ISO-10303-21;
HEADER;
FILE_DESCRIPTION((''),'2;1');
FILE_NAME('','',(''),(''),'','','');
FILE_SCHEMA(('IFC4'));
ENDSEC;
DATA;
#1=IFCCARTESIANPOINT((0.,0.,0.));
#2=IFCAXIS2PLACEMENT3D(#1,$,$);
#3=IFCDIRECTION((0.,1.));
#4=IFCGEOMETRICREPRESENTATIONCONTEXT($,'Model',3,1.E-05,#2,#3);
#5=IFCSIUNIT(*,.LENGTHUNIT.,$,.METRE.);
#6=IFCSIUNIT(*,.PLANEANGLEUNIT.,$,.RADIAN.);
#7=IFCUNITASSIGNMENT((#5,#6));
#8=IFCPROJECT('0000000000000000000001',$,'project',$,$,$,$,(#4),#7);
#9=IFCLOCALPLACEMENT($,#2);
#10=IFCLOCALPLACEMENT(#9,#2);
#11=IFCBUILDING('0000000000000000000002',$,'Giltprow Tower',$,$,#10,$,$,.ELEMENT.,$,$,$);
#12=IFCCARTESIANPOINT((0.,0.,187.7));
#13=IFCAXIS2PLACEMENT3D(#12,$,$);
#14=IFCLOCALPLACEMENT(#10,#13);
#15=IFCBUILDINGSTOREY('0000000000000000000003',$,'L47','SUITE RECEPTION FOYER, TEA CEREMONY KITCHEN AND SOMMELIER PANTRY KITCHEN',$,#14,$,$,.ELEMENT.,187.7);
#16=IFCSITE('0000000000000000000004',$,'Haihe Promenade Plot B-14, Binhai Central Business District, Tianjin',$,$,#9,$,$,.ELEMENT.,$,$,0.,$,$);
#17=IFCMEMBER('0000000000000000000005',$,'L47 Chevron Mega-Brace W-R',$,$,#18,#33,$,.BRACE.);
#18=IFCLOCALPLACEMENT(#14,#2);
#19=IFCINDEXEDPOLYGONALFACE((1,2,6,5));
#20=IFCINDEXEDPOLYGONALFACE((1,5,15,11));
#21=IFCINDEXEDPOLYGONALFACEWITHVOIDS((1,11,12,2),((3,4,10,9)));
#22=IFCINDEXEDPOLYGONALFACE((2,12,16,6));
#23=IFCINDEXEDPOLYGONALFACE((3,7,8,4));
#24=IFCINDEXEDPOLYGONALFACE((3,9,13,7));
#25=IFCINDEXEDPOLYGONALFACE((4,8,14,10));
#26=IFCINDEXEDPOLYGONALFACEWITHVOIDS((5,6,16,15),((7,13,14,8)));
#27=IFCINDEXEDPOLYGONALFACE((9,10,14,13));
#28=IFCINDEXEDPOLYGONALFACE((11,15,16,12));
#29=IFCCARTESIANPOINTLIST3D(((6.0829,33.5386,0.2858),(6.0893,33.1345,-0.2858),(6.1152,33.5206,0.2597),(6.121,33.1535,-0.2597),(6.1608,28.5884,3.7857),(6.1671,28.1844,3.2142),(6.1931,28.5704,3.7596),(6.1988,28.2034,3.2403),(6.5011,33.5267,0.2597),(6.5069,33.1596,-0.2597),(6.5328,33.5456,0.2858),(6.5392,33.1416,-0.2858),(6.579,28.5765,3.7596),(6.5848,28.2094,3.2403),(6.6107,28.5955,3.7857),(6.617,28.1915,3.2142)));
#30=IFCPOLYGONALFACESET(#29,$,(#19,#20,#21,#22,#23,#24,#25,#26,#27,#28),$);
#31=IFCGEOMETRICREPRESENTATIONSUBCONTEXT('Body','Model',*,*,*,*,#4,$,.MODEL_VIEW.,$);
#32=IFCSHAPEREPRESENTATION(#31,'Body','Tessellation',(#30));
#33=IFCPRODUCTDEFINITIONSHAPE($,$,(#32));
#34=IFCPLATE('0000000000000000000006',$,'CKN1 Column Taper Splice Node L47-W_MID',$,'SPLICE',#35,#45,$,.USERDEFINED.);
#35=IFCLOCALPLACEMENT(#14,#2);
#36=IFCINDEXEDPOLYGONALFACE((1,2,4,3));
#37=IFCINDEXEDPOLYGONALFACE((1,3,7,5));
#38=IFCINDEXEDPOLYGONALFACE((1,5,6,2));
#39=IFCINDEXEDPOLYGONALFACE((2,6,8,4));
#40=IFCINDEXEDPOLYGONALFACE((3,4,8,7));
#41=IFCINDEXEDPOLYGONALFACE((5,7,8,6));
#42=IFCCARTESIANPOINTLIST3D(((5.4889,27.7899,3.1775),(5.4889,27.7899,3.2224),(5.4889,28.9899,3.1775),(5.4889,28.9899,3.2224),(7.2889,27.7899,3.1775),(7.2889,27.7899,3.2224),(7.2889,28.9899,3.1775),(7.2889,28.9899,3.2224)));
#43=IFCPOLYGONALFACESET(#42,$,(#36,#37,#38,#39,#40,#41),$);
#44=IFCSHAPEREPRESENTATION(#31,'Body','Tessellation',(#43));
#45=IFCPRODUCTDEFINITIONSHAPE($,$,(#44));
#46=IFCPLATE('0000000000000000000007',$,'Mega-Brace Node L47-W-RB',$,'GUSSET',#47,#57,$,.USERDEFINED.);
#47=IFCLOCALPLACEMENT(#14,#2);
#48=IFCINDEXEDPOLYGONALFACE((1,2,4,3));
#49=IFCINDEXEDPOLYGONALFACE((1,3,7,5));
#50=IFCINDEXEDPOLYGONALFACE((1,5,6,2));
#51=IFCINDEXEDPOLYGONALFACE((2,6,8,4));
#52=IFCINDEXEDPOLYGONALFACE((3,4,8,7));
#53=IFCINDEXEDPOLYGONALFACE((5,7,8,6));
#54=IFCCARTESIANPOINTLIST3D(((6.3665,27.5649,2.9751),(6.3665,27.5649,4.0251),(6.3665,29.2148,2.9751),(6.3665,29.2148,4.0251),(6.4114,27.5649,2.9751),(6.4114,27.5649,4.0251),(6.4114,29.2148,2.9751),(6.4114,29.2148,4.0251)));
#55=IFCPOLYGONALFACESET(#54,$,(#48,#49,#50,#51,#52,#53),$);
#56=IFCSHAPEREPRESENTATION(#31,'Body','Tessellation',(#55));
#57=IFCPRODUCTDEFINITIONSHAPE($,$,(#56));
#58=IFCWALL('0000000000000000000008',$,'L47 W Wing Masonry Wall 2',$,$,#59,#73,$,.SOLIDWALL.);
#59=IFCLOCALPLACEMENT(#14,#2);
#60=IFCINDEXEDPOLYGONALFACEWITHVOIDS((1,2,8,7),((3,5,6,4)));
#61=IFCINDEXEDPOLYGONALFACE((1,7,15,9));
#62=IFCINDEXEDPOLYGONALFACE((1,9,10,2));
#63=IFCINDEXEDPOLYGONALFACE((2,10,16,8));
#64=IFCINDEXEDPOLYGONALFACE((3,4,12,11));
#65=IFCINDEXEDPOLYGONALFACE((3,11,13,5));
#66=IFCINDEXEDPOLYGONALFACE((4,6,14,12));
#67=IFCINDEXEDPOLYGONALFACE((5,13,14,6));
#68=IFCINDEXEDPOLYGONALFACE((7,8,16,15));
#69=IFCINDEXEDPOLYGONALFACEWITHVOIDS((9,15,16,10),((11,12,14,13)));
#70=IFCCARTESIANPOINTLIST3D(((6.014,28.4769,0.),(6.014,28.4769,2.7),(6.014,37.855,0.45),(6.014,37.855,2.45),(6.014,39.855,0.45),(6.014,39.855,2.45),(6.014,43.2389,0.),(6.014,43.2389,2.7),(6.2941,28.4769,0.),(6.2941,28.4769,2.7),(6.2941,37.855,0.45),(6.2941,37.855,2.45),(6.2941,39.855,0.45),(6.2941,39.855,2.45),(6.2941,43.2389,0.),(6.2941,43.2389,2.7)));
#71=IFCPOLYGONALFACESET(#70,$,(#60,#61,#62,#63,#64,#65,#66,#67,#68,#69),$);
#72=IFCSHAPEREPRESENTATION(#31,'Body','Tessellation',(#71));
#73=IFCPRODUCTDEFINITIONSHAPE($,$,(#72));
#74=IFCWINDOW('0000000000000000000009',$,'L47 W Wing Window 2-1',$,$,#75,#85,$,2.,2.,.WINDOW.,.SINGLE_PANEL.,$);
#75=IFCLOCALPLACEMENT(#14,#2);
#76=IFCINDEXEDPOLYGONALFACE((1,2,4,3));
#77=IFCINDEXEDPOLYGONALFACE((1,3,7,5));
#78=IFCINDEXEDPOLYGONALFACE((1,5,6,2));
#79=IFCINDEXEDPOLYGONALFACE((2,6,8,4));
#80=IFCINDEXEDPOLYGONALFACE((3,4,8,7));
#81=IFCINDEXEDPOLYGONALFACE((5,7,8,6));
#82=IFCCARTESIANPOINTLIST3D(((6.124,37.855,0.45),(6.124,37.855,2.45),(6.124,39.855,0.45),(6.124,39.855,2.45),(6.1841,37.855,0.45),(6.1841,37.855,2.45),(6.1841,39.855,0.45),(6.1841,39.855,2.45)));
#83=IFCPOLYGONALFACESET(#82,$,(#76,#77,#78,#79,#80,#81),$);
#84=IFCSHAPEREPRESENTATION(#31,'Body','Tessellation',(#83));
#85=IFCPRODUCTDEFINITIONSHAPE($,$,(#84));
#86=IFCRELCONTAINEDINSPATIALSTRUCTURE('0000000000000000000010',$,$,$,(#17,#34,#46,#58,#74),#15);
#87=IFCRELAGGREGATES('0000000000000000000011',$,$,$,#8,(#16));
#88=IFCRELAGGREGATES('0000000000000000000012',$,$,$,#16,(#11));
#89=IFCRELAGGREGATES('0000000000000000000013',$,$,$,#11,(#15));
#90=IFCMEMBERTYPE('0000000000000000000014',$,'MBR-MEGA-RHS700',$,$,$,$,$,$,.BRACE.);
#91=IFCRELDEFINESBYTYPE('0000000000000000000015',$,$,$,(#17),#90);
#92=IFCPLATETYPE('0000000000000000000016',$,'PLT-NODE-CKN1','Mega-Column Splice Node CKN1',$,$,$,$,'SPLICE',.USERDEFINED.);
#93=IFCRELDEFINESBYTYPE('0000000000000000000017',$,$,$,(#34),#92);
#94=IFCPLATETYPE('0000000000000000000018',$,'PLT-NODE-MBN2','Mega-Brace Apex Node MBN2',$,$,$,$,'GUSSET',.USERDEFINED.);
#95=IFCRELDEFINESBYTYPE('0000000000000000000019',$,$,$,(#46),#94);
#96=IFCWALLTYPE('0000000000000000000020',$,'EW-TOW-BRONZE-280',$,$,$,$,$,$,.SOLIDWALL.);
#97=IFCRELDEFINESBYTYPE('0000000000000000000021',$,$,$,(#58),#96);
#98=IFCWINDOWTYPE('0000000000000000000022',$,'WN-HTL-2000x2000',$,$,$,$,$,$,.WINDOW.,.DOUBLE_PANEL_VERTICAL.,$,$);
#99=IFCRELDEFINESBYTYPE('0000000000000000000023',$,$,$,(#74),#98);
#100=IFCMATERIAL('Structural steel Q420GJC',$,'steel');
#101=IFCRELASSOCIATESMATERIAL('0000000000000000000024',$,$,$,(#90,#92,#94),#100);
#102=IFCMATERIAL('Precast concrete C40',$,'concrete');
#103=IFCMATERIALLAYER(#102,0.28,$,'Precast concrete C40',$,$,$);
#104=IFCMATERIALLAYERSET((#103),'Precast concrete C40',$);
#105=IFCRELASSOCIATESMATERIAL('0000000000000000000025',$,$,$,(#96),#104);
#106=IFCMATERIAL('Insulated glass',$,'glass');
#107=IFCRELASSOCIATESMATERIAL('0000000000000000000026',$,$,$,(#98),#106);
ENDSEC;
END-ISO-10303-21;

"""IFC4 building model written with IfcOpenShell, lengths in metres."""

from ifc_helpers import new_model, si_unit, direction, frame, frame_2d, origin, origin_2d, place, context, subcontext, project, spatial, rectangle, hollow_rectangle, extrude, source, transform, mapped, material, layer, layer_set, material_profile, profile_set, type_object, element, fill, save


model = new_model("IFC4")

# Units and contexts
model_context = context("Model", 3, precision=1e-05, world=origin(), true_north=direction((0.0, 1.0)))
body_context = subcontext(model_context, "Body", "Model", "MODEL_VIEW")
ifc_project = project(units=[si_unit("LENGTHUNIT", "METRE"), si_unit("PLANEANGLEUNIT", "RADIAN")], contexts=[model_context])

# Site, building, storey
site_placement = place(None, origin())
site = spatial("IfcSite", under=ifc_project, at=site_placement, Name="Haihe Promenade Plot B-14, Binhai Central Business District, Tianjin", CompositionType="ELEMENT", RefElevation=0.0)
building_placement = place(site_placement, origin())
building = spatial("IfcBuilding", under=site, at=building_placement, Name="Giltprow Tower", CompositionType="ELEMENT")
storey_placement = place(building_placement, frame((0.0, 0.0, 187.7)))
storey = spatial("IfcBuildingStorey", under=building, at=storey_placement, Name="L47", Description="SUITE RECEPTION FOYER, TEA CEREMONY KITCHEN AND SOMMELIER PANTRY KITCHEN", CompositionType="ELEMENT", Elevation=187.7)

# Shared definitions
ifc_material_1 = material(Name="Structural steel Q420GJC", Category="steel")

# Member
ifc_material_profile_1 = material_profile(ifc_material_1, hollow_rectangle(XDim=0.45, YDim=0.7, WallThickness=0.032, at=origin_2d()), Name="RHS 700x450x32")
ifc_profile_set_1 = profile_set([ifc_material_profile_1], Name="Structural steel Q420GJC")
member_type = type_object("IfcMemberType", Name="MBR-MEGA-RHS700", PredefinedType="BRACE", material=ifc_profile_set_1)
shared_shape_1 = source(origin(), body_context, "Body", "SweptSolid", [
    extrude(hollow_rectangle(XDim=0.45, YDim=0.7, WallThickness=0.032, at=origin_2d()), origin(), (0.0, 0.0, 1.0), 6.063),
])
member_placement = place(storey_placement, frame((6.311, 33.3401, 0.0), z_axis=(0.012845, -0.816454, 0.577268), x_axis=(0.999876, 0.015731, 0.0)))
element("IfcMember", 1, at=member_placement, inside=storey, type_object=member_type, Name="L47 Chevron Mega-Brace W-R", PredefinedType="BRACE", context=body_context, shape_type="MappedRepresentation", body=[
    mapped(shared_shape_1, transform((0.0, 0.0, 0.0), x_axis=(1.0, 0.0, 0.0), y_axis=(0.0, 1.0, 0.0), z_axis=(0.0, 0.0, 1.0), scale=1.0)),
])

# Plates
plate_type_1 = type_object("IfcPlateType", Name="PLT-NODE-CKN1", Description="Mega-Column Splice Node CKN1", ElementType="SPLICE", PredefinedType="USERDEFINED", material=ifc_material_1)
shared_shape_2 = source(origin(), body_context, "Body", "SweptSolid", [
    extrude(rectangle(XDim=1.8, YDim=1.2, at=origin_2d()), origin(), (0.0, 0.0, 1.0), 0.0449),
])
plate_1_placement = place(storey_placement, frame((6.3889, 28.3899, 3.1775), z_axis=(0.0, 0.0, 1.0), x_axis=(1.0, 0.0, 0.0)))
element("IfcPlate", 2, at=plate_1_placement, inside=storey, type_object=plate_type_1, Name="CKN1 Column Taper Splice Node L47-W_MID", ObjectType="SPLICE", PredefinedType="USERDEFINED", context=body_context, shape_type="MappedRepresentation", body=[
    mapped(shared_shape_2, transform((0.0, 0.0, 0.0), x_axis=(1.0, 0.0, 0.0), y_axis=(0.0, 1.0, 0.0), z_axis=(0.0, 0.0, 1.0), scale=1.0)),
])
plate_type_2 = type_object("IfcPlateType", Name="PLT-NODE-MBN2", Description="Mega-Brace Apex Node MBN2", ElementType="GUSSET", PredefinedType="USERDEFINED", material=ifc_material_1)
shared_shape_3 = source(origin(), body_context, "Body", "SweptSolid", [
    extrude(rectangle(XDim=1.6499, YDim=0.0449, at=origin_2d()), origin(), (0.0, 0.0, 1.0), 1.05),
])
plate_2_placement = place(storey_placement, frame((6.3889, 28.3899, 2.9751), z_axis=(0.0, 0.0, 1.0), x_axis=(0.0, 1.0, 0.0)))
element("IfcPlate", 3, at=plate_2_placement, inside=storey, type_object=plate_type_2, Name="Mega-Brace Node L47-W-RB", ObjectType="GUSSET", PredefinedType="USERDEFINED", context=body_context, shape_type="MappedRepresentation", body=[
    mapped(shared_shape_3, transform((0.0, 0.0, 0.0), x_axis=(1.0, 0.0, 0.0), y_axis=(0.0, 1.0, 0.0), z_axis=(0.0, 0.0, 1.0), scale=1.0)),
])

# Wall, opening, window
ifc_material_2 = material(Name="Precast concrete C40", Category="concrete")
ifc_layer_1 = layer(ifc_material_2, 0.28, Name="Precast concrete C40")
ifc_layer_set_1 = layer_set([ifc_layer_1], Name="Precast concrete C40")
wall_type_1 = type_object("IfcWallType", Name="EW-TOW-BRONZE-280", PredefinedType="SOLIDWALL", material=ifc_layer_set_1)
wall_1_placement = place(storey_placement, frame((6.1541, 28.4771, 0.0), z_axis=(0.0, 0.0, 1.0), x_axis=(0.0, 1.0, 0.0)))
wall_1 = element("IfcWall", 4, at=wall_1_placement, inside=storey, type_object=wall_type_1, Name="L47 W Wing Masonry Wall 2", PredefinedType="SOLIDWALL", context=body_context, shape_type="SweptSolid", body=[
    extrude(rectangle(XDim=14.762, YDim=0.28, at=frame_2d((7.3809, 0.0))), origin(), (0.0, 0.0, 1.0), 2.7),
])
opening_1_placement = place(wall_1_placement, frame((9.3779, 0.0, 0.45)))
opening_1 = element("IfcOpeningElement", 5, at=opening_1_placement, cuts=wall_1, PredefinedType="OPENING", context=body_context, shape_type="SweptSolid", body=[
    extrude(rectangle(XDim=2.0, YDim=2.0, at=frame_2d((1.0, 1.0))), frame((0.0, 0.1499, 0.0), z_axis=(0.0, -1.0, 0.0), x_axis=(1.0, 0.0, 0.0)), (0.0, 0.0, 1.0), 0.3),
])
ifc_material_3 = material(Name="Insulated glass", Category="glass")
window_type = type_object("IfcWindowType", Name="WN-HTL-2000x2000", PartitioningType="DOUBLE_PANEL_VERTICAL", PredefinedType="WINDOW", material=ifc_material_3)
shared_shape_4 = source(origin(), body_context, "Body", "SweptSolid", [
    extrude(rectangle(XDim=2.0, YDim=2.0, at=frame_2d((1.0, 1.0))), frame((0.0, 0.03, 0.0), z_axis=(0.0, -1.0, 0.0), x_axis=(1.0, 0.0, 0.0)), (0.0, 0.0, 1.0), 0.0601),
])
window_placement = place(opening_1_placement, origin())
window = element("IfcWindow", 6, at=window_placement, inside=storey, type_object=window_type, Name="L47 W Wing Window 2-1", OverallHeight=2.0, OverallWidth=2.0, PartitioningType="SINGLE_PANEL", PredefinedType="WINDOW", context=body_context, shape_type="MappedRepresentation", body=[
    mapped(shared_shape_4, transform((0.0, 0.0, 0.0), x_axis=(1.0, 0.0, 0.0), y_axis=(0.0, 1.0, 0.0), z_axis=(0.0, 0.0, 1.0), scale=1.0)),
])
fill(opening_1, window)

save(model, "model.ifc")
